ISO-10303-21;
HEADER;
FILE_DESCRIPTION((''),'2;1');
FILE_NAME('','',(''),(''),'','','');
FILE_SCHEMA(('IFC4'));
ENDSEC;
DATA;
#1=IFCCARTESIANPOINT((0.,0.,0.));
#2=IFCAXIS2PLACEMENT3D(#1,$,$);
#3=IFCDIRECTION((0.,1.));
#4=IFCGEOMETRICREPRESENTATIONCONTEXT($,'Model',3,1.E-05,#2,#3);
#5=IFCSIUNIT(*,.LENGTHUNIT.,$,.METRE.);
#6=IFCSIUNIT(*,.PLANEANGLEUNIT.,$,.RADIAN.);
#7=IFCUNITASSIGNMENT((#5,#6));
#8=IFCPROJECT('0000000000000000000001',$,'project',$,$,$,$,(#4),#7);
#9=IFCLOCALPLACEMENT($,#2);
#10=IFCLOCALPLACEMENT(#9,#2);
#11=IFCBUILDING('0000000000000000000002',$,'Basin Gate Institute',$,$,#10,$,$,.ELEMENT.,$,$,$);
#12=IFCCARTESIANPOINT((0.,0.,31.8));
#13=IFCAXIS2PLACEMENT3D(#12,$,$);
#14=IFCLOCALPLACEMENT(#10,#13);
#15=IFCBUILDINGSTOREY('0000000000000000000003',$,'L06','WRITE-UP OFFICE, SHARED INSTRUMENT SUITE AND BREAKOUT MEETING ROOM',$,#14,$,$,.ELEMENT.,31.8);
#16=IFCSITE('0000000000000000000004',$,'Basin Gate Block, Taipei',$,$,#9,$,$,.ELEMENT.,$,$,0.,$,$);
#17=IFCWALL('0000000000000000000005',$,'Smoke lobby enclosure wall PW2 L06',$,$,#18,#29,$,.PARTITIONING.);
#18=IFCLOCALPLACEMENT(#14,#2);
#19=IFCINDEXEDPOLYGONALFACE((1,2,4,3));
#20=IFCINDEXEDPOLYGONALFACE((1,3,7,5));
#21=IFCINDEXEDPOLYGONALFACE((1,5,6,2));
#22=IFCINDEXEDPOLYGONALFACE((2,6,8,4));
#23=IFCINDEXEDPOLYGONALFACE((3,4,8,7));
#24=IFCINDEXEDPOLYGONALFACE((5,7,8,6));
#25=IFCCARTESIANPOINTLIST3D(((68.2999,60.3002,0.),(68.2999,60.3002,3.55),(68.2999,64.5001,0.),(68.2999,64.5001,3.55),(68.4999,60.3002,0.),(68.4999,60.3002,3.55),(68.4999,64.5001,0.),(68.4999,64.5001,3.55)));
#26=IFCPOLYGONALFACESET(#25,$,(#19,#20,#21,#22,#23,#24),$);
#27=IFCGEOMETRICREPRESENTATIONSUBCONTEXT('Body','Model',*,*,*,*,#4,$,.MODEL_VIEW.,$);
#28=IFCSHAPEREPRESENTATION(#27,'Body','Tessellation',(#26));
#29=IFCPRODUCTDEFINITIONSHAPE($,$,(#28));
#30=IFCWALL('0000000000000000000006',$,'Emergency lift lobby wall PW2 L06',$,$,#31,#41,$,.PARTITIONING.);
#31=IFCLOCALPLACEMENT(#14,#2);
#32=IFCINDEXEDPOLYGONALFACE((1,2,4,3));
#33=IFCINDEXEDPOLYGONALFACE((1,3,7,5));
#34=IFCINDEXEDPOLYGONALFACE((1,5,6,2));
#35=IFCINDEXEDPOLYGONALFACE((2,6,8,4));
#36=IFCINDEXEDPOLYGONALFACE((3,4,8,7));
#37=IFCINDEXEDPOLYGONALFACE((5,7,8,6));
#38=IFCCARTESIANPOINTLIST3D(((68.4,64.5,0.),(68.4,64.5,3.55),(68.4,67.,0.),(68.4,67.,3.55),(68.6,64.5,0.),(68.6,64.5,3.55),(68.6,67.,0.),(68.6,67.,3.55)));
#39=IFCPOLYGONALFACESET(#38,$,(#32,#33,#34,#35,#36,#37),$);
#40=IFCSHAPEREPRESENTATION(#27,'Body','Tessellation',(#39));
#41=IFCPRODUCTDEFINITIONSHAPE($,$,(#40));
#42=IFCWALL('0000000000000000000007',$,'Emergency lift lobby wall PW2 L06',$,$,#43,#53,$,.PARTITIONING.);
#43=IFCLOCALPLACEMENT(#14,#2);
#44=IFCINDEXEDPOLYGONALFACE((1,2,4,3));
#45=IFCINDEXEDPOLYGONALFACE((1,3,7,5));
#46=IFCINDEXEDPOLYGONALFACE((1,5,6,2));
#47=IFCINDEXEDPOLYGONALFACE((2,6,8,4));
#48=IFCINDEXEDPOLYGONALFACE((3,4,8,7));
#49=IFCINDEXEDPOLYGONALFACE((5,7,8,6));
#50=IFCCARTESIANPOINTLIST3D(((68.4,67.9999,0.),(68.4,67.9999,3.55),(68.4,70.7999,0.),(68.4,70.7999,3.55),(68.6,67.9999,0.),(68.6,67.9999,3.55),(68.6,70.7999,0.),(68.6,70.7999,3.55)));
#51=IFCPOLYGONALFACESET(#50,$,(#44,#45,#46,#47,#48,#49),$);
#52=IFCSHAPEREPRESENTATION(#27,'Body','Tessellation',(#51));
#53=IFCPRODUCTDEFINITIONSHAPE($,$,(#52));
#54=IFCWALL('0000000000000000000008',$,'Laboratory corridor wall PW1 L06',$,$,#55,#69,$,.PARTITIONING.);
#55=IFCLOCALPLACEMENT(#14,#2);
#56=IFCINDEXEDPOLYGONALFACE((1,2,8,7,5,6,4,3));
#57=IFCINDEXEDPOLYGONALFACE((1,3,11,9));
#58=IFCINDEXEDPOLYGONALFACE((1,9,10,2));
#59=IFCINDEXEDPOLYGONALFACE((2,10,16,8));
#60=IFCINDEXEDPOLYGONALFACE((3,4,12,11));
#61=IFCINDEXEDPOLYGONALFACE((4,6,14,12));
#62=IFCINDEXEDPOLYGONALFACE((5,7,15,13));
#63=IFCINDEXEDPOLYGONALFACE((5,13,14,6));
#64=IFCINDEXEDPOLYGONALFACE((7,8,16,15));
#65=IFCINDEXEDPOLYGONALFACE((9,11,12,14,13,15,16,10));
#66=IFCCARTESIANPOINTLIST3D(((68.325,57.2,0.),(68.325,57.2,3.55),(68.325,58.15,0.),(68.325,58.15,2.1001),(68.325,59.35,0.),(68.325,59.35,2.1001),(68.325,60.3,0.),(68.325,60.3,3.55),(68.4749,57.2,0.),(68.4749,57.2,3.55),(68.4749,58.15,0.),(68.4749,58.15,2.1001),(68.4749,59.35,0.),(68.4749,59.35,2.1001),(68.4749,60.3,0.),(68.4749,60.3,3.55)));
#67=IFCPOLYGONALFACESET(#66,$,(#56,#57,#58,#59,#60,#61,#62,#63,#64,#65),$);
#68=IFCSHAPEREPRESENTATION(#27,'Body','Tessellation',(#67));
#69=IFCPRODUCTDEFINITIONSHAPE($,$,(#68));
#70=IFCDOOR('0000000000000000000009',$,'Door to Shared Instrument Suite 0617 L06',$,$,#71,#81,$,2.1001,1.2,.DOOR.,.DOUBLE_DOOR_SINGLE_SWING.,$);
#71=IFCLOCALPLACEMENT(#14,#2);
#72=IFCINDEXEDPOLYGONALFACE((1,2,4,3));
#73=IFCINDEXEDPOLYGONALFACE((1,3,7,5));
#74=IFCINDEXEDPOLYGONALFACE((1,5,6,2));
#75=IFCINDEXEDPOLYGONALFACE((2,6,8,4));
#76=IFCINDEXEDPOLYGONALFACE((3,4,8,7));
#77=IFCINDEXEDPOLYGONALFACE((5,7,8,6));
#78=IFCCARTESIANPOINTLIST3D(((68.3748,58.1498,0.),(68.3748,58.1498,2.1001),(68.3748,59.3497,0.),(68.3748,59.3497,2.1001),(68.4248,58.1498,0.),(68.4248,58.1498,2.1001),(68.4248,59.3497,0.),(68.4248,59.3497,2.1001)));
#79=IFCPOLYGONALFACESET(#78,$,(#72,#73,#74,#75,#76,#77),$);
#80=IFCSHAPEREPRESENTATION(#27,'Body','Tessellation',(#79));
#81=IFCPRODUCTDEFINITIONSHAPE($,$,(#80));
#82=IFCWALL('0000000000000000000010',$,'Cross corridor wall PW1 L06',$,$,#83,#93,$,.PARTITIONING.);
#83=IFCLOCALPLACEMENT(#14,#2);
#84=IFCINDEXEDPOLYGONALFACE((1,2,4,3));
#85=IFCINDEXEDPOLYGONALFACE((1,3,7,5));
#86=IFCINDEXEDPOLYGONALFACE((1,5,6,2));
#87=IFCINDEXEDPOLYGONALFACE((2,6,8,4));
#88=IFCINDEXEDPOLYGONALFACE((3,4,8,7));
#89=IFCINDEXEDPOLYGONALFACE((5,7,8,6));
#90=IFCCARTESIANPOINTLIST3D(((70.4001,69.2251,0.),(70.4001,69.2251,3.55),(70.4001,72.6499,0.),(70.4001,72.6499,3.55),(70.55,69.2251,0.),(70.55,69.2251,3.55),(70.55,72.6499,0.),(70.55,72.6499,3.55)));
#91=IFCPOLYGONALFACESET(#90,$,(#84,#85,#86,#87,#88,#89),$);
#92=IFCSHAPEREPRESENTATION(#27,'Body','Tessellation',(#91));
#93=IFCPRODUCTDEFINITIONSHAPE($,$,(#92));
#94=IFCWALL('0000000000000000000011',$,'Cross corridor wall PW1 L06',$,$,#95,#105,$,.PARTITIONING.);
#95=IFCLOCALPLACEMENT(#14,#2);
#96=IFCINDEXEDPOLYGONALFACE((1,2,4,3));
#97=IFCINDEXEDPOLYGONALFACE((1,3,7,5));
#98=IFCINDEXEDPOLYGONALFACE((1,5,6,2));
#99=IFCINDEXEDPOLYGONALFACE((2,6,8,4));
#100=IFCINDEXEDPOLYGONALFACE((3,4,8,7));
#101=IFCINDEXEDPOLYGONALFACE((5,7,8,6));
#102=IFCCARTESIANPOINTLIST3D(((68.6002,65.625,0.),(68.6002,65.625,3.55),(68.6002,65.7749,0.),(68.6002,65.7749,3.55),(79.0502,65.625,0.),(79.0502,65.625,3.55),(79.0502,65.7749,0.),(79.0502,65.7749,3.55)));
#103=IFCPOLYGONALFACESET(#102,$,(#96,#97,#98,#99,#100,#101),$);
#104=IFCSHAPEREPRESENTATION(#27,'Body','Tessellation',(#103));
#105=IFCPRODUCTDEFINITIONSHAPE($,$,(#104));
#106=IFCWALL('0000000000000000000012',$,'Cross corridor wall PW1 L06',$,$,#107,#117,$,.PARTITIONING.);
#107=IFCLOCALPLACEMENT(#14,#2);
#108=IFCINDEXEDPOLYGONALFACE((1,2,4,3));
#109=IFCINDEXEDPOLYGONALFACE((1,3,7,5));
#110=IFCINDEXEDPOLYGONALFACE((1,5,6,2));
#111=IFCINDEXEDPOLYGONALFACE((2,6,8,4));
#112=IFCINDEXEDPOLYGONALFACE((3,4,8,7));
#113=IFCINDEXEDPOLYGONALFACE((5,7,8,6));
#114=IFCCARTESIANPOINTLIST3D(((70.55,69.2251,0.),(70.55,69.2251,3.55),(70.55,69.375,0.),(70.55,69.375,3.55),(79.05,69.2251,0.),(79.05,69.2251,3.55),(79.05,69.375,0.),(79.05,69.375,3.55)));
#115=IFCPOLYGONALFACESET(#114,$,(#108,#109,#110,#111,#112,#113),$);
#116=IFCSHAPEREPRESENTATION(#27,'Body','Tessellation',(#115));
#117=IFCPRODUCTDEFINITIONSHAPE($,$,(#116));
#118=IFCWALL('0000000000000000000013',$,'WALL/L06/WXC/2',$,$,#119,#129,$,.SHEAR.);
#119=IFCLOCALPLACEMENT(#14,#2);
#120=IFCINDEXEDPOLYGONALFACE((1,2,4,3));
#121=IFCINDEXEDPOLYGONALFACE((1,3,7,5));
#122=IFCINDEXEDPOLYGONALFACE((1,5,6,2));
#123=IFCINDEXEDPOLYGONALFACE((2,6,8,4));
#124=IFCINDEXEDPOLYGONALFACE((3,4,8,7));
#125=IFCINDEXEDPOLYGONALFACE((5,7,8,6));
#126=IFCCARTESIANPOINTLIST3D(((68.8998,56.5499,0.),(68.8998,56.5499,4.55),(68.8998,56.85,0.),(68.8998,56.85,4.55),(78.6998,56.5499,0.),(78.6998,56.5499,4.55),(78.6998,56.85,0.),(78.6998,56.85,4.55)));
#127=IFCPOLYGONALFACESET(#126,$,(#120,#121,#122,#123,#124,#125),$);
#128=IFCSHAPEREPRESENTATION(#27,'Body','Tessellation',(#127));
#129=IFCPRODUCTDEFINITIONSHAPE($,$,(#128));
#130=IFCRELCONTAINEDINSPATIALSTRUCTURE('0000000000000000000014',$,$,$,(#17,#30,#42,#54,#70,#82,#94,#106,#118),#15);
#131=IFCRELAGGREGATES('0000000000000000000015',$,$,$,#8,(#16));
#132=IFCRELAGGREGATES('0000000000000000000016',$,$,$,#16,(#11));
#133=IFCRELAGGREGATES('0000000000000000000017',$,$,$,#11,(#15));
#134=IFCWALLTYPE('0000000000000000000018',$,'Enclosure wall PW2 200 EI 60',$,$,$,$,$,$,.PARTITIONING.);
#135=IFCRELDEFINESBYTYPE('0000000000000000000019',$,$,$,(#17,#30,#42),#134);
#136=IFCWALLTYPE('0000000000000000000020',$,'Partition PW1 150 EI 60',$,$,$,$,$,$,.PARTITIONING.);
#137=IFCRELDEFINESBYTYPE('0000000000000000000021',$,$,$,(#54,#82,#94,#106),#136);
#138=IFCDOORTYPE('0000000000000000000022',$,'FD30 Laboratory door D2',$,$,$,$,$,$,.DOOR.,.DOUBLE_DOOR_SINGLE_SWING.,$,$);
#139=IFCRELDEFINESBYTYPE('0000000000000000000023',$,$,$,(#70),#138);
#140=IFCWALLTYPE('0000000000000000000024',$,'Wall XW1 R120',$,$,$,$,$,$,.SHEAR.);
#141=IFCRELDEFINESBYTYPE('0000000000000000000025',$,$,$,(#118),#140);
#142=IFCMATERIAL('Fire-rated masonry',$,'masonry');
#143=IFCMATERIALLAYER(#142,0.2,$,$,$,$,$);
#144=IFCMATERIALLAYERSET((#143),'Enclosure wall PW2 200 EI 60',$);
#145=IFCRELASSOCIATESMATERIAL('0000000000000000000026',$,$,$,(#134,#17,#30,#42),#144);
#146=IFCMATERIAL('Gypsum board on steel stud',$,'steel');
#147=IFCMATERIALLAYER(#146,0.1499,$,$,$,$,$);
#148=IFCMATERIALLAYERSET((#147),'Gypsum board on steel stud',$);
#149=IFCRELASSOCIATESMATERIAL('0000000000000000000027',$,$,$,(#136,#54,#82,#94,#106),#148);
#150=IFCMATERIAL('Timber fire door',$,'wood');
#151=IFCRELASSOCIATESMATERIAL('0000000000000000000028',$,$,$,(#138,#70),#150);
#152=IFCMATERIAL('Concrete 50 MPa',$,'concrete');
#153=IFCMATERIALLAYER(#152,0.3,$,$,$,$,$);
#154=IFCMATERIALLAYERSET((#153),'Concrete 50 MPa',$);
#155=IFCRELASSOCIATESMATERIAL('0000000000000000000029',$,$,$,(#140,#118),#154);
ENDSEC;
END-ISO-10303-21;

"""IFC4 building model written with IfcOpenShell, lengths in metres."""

from ifc_helpers import new_model, si_unit, direction, frame, frame_2d, origin, place, context, subcontext, project, spatial, rectangle, extrude, material, layer, layer_set, type_object, element, fill, save


model = new_model("IFC4")

# Units and contexts
model_context = context("Model", 3, precision=1e-05, world=origin(), true_north=direction((0.0, 1.0)))
body_context = subcontext(model_context, "Body", "Model", "MODEL_VIEW")
ifc_project = project(units=[si_unit("LENGTHUNIT", "METRE"), si_unit("PLANEANGLEUNIT", "RADIAN")], contexts=[model_context])

# Site, building, storey
site_placement = place(None, origin())
site = spatial("IfcSite", under=ifc_project, at=site_placement, Name="Basin Gate Block, Taipei", CompositionType="ELEMENT", RefElevation=0.0)
building_placement = place(site_placement, origin())
building = spatial("IfcBuilding", under=site, at=building_placement, Name="Basin Gate Institute", CompositionType="ELEMENT")
storey_placement = place(building_placement, frame((0.0, 0.0, 31.8)))
storey = spatial("IfcBuildingStorey", under=building, at=storey_placement, Name="L06", Description="WRITE-UP OFFICE, SHARED INSTRUMENT SUITE AND BREAKOUT MEETING ROOM", CompositionType="ELEMENT", Elevation=31.8)

# Shared definitions
ifc_material_1 = material(Name="Fire-rated masonry", Category="masonry")
ifc_layer_1 = layer(ifc_material_1, 0.2)
ifc_layer_set_1 = layer_set([ifc_layer_1], Name="Enclosure wall PW2 200 EI 60")
wall_type_1 = type_object("IfcWallType", Name="Enclosure wall PW2 200 EI 60", PredefinedType="PARTITIONING", material=ifc_layer_set_1)

# Walls
wall_1_placement = place(storey_placement, frame((68.3999, 60.3, 0.0), z_axis=(0.0, 0.0, 1.0), x_axis=(0.0, 1.0, 0.0)))
element("IfcWall", 1, at=wall_1_placement, inside=storey, type_object=wall_type_1, material=ifc_layer_set_1, Name="Smoke lobby enclosure wall PW2 L06", PredefinedType="PARTITIONING", context=body_context, shape_type="SweptSolid", body=[
    extrude(rectangle(XDim=4.2, YDim=0.2, at=frame_2d((2.1001, 0.0))), origin(), (0.0, 0.0, 1.0), 3.55),
])
wall_2_placement = place(storey_placement, frame((68.5, 64.5, 0.0), z_axis=(0.0, 0.0, 1.0), x_axis=(0.0, 1.0, 0.0)))
element("IfcWall", 2, at=wall_2_placement, inside=storey, type_object=wall_type_1, material=ifc_layer_set_1, Name="Emergency lift lobby wall PW2 L06", PredefinedType="PARTITIONING", context=body_context, shape_type="SweptSolid", body=[
    extrude(rectangle(XDim=2.5, YDim=0.2, at=frame_2d((1.25, 0.0))), origin(), (0.0, 0.0, 1.0), 3.55),
])
wall_3_placement = place(storey_placement, frame((68.5, 68.0, 0.0), z_axis=(0.0, 0.0, 1.0), x_axis=(0.0, 1.0, 0.0)))
element("IfcWall", 3, at=wall_3_placement, inside=storey, type_object=wall_type_1, material=ifc_layer_set_1, Name="Emergency lift lobby wall PW2 L06", PredefinedType="PARTITIONING", context=body_context, shape_type="SweptSolid", body=[
    extrude(rectangle(XDim=2.8, YDim=0.2, at=frame_2d((1.3999, 0.0))), origin(), (0.0, 0.0, 1.0), 3.55),
])

# Wall, opening, door
ifc_material_2 = material(Name="Gypsum board on steel stud", Category="steel")
ifc_layer_2 = layer(ifc_material_2, 0.1499)
ifc_layer_set_2 = layer_set([ifc_layer_2], Name="Gypsum board on steel stud")
wall_type_2 = type_object("IfcWallType", Name="Partition PW1 150 EI 60", PredefinedType="PARTITIONING", material=ifc_layer_set_2)
wall_4_placement = place(storey_placement, frame((68.3999, 57.2, 0.0), z_axis=(0.0, 0.0, 1.0), x_axis=(0.0, 1.0, 0.0)))
wall_4 = element("IfcWall", 4, at=wall_4_placement, inside=storey, type_object=wall_type_2, material=ifc_layer_set_2, Name="Laboratory corridor wall PW1 L06", PredefinedType="PARTITIONING", context=body_context, shape_type="SweptSolid", body=[
    extrude(rectangle(XDim=3.1001, YDim=0.1499, at=frame_2d((1.55, 0.0))), origin(), (0.0, 0.0, 1.0), 3.55),
])
opening_1_placement = place(wall_4_placement, frame((0.95, 0.0, 0.0)))
opening_1 = element("IfcOpeningElement", 5, at=opening_1_placement, cuts=wall_4, PredefinedType="OPENING", context=body_context, shape_type="SweptSolid", body=[
    extrude(rectangle(XDim=1.2, YDim=2.1001, at=frame_2d((0.6001, 1.05))), frame((0.0, 0.085, 0.0), z_axis=(0.0, -1.0, 0.0), x_axis=(1.0, 0.0, 0.0)), (0.0, 0.0, 1.0), 0.1699),
])
ifc_material_3 = material(Name="Timber fire door", Category="wood")
door_type_1 = type_object("IfcDoorType", Name="FD30 Laboratory door D2", OperationType="DOUBLE_DOOR_SINGLE_SWING", PredefinedType="DOOR", material=ifc_material_3)
door_1_placement = place(opening_1_placement, frame((1.2, 0.0, 0.0), z_axis=(0.0, 0.0, 1.0), x_axis=(-1.0, 0.0, 0.0)))
door_1 = element("IfcDoor", 6, at=door_1_placement, inside=storey, type_object=door_type_1, material=ifc_material_3, Name="Door to Shared Instrument Suite 0617 L06", OperationType="DOUBLE_DOOR_SINGLE_SWING", OverallHeight=2.1001, OverallWidth=1.2, PredefinedType="DOOR", context=body_context, shape_type="SweptSolid", body=[
    extrude(rectangle(XDim=1.2, YDim=2.1001, at=frame_2d((0.6001, 1.05))), frame((0.0, 0.0249, 0.0), z_axis=(0.0, -1.0, 0.0), x_axis=(1.0, 0.0, 0.0)), (0.0, 0.0, 1.0), 0.05),
])
fill(opening_1, door_1)

# Walls
wall_5_placement = place(storey_placement, frame((70.4751, 69.2251, 0.0), z_axis=(0.0, 0.0, 1.0), x_axis=(0.0, 1.0, 0.0)))
element("IfcWall", 7, at=wall_5_placement, inside=storey, type_object=wall_type_2, material=ifc_layer_set_2, Name="Cross corridor wall PW1 L06", PredefinedType="PARTITIONING", context=body_context, shape_type="SweptSolid", body=[
    extrude(rectangle(XDim=3.4248, YDim=0.1499, at=frame_2d((1.7124, 0.0))), origin(), (0.0, 0.0, 1.0), 3.55),
])
wall_6_placement = place(storey_placement, frame((68.6001, 65.7, 0.0), z_axis=(0.0, 0.0, 1.0), x_axis=(1.0, 0.0, 0.0)))
element("IfcWall", 8, at=wall_6_placement, inside=storey, type_object=wall_type_2, material=ifc_layer_set_2, Name="Cross corridor wall PW1 L06", PredefinedType="PARTITIONING", context=body_context, shape_type="SweptSolid", body=[
    extrude(rectangle(XDim=10.45, YDim=0.1499, at=frame_2d((5.2251, 0.0))), origin(), (0.0, 0.0, 1.0), 3.55),
])
wall_7_placement = place(storey_placement, frame((70.55, 69.3, 0.0), z_axis=(0.0, 0.0, 1.0), x_axis=(1.0, 0.0, 0.0)))
element("IfcWall", 9, at=wall_7_placement, inside=storey, type_object=wall_type_2, material=ifc_layer_set_2, Name="Cross corridor wall PW1 L06", PredefinedType="PARTITIONING", context=body_context, shape_type="SweptSolid", body=[
    extrude(rectangle(XDim=8.5, YDim=0.1499, at=frame_2d((4.25, 0.0))), origin(), (0.0, 0.0, 1.0), 3.55),
])
ifc_material_4 = material(Name="Concrete 50 MPa", Category="concrete")
ifc_layer_3 = layer(ifc_material_4, 0.3)
ifc_layer_set_3 = layer_set([ifc_layer_3], Name="Concrete 50 MPa")
wall_type_3 = type_object("IfcWallType", Name="Wall XW1 R120", PredefinedType="SHEAR", material=ifc_layer_set_3)
wall_8_placement = place(storey_placement, frame((68.8999, 56.7, 0.0), z_axis=(0.0, 0.0, 1.0), x_axis=(1.0, 0.0, 0.0)))
element("IfcWall", 10, at=wall_8_placement, inside=storey, type_object=wall_type_3, material=ifc_layer_set_3, Name="WALL/L06/WXC/2", PredefinedType="SHEAR", context=body_context, shape_type="SweptSolid", body=[
    extrude(rectangle(XDim=9.8, YDim=0.3, at=frame_2d((4.8999, 0.0))), origin(), (0.0, 0.0, 1.0), 4.55),
])

save(model, "model.ifc")
